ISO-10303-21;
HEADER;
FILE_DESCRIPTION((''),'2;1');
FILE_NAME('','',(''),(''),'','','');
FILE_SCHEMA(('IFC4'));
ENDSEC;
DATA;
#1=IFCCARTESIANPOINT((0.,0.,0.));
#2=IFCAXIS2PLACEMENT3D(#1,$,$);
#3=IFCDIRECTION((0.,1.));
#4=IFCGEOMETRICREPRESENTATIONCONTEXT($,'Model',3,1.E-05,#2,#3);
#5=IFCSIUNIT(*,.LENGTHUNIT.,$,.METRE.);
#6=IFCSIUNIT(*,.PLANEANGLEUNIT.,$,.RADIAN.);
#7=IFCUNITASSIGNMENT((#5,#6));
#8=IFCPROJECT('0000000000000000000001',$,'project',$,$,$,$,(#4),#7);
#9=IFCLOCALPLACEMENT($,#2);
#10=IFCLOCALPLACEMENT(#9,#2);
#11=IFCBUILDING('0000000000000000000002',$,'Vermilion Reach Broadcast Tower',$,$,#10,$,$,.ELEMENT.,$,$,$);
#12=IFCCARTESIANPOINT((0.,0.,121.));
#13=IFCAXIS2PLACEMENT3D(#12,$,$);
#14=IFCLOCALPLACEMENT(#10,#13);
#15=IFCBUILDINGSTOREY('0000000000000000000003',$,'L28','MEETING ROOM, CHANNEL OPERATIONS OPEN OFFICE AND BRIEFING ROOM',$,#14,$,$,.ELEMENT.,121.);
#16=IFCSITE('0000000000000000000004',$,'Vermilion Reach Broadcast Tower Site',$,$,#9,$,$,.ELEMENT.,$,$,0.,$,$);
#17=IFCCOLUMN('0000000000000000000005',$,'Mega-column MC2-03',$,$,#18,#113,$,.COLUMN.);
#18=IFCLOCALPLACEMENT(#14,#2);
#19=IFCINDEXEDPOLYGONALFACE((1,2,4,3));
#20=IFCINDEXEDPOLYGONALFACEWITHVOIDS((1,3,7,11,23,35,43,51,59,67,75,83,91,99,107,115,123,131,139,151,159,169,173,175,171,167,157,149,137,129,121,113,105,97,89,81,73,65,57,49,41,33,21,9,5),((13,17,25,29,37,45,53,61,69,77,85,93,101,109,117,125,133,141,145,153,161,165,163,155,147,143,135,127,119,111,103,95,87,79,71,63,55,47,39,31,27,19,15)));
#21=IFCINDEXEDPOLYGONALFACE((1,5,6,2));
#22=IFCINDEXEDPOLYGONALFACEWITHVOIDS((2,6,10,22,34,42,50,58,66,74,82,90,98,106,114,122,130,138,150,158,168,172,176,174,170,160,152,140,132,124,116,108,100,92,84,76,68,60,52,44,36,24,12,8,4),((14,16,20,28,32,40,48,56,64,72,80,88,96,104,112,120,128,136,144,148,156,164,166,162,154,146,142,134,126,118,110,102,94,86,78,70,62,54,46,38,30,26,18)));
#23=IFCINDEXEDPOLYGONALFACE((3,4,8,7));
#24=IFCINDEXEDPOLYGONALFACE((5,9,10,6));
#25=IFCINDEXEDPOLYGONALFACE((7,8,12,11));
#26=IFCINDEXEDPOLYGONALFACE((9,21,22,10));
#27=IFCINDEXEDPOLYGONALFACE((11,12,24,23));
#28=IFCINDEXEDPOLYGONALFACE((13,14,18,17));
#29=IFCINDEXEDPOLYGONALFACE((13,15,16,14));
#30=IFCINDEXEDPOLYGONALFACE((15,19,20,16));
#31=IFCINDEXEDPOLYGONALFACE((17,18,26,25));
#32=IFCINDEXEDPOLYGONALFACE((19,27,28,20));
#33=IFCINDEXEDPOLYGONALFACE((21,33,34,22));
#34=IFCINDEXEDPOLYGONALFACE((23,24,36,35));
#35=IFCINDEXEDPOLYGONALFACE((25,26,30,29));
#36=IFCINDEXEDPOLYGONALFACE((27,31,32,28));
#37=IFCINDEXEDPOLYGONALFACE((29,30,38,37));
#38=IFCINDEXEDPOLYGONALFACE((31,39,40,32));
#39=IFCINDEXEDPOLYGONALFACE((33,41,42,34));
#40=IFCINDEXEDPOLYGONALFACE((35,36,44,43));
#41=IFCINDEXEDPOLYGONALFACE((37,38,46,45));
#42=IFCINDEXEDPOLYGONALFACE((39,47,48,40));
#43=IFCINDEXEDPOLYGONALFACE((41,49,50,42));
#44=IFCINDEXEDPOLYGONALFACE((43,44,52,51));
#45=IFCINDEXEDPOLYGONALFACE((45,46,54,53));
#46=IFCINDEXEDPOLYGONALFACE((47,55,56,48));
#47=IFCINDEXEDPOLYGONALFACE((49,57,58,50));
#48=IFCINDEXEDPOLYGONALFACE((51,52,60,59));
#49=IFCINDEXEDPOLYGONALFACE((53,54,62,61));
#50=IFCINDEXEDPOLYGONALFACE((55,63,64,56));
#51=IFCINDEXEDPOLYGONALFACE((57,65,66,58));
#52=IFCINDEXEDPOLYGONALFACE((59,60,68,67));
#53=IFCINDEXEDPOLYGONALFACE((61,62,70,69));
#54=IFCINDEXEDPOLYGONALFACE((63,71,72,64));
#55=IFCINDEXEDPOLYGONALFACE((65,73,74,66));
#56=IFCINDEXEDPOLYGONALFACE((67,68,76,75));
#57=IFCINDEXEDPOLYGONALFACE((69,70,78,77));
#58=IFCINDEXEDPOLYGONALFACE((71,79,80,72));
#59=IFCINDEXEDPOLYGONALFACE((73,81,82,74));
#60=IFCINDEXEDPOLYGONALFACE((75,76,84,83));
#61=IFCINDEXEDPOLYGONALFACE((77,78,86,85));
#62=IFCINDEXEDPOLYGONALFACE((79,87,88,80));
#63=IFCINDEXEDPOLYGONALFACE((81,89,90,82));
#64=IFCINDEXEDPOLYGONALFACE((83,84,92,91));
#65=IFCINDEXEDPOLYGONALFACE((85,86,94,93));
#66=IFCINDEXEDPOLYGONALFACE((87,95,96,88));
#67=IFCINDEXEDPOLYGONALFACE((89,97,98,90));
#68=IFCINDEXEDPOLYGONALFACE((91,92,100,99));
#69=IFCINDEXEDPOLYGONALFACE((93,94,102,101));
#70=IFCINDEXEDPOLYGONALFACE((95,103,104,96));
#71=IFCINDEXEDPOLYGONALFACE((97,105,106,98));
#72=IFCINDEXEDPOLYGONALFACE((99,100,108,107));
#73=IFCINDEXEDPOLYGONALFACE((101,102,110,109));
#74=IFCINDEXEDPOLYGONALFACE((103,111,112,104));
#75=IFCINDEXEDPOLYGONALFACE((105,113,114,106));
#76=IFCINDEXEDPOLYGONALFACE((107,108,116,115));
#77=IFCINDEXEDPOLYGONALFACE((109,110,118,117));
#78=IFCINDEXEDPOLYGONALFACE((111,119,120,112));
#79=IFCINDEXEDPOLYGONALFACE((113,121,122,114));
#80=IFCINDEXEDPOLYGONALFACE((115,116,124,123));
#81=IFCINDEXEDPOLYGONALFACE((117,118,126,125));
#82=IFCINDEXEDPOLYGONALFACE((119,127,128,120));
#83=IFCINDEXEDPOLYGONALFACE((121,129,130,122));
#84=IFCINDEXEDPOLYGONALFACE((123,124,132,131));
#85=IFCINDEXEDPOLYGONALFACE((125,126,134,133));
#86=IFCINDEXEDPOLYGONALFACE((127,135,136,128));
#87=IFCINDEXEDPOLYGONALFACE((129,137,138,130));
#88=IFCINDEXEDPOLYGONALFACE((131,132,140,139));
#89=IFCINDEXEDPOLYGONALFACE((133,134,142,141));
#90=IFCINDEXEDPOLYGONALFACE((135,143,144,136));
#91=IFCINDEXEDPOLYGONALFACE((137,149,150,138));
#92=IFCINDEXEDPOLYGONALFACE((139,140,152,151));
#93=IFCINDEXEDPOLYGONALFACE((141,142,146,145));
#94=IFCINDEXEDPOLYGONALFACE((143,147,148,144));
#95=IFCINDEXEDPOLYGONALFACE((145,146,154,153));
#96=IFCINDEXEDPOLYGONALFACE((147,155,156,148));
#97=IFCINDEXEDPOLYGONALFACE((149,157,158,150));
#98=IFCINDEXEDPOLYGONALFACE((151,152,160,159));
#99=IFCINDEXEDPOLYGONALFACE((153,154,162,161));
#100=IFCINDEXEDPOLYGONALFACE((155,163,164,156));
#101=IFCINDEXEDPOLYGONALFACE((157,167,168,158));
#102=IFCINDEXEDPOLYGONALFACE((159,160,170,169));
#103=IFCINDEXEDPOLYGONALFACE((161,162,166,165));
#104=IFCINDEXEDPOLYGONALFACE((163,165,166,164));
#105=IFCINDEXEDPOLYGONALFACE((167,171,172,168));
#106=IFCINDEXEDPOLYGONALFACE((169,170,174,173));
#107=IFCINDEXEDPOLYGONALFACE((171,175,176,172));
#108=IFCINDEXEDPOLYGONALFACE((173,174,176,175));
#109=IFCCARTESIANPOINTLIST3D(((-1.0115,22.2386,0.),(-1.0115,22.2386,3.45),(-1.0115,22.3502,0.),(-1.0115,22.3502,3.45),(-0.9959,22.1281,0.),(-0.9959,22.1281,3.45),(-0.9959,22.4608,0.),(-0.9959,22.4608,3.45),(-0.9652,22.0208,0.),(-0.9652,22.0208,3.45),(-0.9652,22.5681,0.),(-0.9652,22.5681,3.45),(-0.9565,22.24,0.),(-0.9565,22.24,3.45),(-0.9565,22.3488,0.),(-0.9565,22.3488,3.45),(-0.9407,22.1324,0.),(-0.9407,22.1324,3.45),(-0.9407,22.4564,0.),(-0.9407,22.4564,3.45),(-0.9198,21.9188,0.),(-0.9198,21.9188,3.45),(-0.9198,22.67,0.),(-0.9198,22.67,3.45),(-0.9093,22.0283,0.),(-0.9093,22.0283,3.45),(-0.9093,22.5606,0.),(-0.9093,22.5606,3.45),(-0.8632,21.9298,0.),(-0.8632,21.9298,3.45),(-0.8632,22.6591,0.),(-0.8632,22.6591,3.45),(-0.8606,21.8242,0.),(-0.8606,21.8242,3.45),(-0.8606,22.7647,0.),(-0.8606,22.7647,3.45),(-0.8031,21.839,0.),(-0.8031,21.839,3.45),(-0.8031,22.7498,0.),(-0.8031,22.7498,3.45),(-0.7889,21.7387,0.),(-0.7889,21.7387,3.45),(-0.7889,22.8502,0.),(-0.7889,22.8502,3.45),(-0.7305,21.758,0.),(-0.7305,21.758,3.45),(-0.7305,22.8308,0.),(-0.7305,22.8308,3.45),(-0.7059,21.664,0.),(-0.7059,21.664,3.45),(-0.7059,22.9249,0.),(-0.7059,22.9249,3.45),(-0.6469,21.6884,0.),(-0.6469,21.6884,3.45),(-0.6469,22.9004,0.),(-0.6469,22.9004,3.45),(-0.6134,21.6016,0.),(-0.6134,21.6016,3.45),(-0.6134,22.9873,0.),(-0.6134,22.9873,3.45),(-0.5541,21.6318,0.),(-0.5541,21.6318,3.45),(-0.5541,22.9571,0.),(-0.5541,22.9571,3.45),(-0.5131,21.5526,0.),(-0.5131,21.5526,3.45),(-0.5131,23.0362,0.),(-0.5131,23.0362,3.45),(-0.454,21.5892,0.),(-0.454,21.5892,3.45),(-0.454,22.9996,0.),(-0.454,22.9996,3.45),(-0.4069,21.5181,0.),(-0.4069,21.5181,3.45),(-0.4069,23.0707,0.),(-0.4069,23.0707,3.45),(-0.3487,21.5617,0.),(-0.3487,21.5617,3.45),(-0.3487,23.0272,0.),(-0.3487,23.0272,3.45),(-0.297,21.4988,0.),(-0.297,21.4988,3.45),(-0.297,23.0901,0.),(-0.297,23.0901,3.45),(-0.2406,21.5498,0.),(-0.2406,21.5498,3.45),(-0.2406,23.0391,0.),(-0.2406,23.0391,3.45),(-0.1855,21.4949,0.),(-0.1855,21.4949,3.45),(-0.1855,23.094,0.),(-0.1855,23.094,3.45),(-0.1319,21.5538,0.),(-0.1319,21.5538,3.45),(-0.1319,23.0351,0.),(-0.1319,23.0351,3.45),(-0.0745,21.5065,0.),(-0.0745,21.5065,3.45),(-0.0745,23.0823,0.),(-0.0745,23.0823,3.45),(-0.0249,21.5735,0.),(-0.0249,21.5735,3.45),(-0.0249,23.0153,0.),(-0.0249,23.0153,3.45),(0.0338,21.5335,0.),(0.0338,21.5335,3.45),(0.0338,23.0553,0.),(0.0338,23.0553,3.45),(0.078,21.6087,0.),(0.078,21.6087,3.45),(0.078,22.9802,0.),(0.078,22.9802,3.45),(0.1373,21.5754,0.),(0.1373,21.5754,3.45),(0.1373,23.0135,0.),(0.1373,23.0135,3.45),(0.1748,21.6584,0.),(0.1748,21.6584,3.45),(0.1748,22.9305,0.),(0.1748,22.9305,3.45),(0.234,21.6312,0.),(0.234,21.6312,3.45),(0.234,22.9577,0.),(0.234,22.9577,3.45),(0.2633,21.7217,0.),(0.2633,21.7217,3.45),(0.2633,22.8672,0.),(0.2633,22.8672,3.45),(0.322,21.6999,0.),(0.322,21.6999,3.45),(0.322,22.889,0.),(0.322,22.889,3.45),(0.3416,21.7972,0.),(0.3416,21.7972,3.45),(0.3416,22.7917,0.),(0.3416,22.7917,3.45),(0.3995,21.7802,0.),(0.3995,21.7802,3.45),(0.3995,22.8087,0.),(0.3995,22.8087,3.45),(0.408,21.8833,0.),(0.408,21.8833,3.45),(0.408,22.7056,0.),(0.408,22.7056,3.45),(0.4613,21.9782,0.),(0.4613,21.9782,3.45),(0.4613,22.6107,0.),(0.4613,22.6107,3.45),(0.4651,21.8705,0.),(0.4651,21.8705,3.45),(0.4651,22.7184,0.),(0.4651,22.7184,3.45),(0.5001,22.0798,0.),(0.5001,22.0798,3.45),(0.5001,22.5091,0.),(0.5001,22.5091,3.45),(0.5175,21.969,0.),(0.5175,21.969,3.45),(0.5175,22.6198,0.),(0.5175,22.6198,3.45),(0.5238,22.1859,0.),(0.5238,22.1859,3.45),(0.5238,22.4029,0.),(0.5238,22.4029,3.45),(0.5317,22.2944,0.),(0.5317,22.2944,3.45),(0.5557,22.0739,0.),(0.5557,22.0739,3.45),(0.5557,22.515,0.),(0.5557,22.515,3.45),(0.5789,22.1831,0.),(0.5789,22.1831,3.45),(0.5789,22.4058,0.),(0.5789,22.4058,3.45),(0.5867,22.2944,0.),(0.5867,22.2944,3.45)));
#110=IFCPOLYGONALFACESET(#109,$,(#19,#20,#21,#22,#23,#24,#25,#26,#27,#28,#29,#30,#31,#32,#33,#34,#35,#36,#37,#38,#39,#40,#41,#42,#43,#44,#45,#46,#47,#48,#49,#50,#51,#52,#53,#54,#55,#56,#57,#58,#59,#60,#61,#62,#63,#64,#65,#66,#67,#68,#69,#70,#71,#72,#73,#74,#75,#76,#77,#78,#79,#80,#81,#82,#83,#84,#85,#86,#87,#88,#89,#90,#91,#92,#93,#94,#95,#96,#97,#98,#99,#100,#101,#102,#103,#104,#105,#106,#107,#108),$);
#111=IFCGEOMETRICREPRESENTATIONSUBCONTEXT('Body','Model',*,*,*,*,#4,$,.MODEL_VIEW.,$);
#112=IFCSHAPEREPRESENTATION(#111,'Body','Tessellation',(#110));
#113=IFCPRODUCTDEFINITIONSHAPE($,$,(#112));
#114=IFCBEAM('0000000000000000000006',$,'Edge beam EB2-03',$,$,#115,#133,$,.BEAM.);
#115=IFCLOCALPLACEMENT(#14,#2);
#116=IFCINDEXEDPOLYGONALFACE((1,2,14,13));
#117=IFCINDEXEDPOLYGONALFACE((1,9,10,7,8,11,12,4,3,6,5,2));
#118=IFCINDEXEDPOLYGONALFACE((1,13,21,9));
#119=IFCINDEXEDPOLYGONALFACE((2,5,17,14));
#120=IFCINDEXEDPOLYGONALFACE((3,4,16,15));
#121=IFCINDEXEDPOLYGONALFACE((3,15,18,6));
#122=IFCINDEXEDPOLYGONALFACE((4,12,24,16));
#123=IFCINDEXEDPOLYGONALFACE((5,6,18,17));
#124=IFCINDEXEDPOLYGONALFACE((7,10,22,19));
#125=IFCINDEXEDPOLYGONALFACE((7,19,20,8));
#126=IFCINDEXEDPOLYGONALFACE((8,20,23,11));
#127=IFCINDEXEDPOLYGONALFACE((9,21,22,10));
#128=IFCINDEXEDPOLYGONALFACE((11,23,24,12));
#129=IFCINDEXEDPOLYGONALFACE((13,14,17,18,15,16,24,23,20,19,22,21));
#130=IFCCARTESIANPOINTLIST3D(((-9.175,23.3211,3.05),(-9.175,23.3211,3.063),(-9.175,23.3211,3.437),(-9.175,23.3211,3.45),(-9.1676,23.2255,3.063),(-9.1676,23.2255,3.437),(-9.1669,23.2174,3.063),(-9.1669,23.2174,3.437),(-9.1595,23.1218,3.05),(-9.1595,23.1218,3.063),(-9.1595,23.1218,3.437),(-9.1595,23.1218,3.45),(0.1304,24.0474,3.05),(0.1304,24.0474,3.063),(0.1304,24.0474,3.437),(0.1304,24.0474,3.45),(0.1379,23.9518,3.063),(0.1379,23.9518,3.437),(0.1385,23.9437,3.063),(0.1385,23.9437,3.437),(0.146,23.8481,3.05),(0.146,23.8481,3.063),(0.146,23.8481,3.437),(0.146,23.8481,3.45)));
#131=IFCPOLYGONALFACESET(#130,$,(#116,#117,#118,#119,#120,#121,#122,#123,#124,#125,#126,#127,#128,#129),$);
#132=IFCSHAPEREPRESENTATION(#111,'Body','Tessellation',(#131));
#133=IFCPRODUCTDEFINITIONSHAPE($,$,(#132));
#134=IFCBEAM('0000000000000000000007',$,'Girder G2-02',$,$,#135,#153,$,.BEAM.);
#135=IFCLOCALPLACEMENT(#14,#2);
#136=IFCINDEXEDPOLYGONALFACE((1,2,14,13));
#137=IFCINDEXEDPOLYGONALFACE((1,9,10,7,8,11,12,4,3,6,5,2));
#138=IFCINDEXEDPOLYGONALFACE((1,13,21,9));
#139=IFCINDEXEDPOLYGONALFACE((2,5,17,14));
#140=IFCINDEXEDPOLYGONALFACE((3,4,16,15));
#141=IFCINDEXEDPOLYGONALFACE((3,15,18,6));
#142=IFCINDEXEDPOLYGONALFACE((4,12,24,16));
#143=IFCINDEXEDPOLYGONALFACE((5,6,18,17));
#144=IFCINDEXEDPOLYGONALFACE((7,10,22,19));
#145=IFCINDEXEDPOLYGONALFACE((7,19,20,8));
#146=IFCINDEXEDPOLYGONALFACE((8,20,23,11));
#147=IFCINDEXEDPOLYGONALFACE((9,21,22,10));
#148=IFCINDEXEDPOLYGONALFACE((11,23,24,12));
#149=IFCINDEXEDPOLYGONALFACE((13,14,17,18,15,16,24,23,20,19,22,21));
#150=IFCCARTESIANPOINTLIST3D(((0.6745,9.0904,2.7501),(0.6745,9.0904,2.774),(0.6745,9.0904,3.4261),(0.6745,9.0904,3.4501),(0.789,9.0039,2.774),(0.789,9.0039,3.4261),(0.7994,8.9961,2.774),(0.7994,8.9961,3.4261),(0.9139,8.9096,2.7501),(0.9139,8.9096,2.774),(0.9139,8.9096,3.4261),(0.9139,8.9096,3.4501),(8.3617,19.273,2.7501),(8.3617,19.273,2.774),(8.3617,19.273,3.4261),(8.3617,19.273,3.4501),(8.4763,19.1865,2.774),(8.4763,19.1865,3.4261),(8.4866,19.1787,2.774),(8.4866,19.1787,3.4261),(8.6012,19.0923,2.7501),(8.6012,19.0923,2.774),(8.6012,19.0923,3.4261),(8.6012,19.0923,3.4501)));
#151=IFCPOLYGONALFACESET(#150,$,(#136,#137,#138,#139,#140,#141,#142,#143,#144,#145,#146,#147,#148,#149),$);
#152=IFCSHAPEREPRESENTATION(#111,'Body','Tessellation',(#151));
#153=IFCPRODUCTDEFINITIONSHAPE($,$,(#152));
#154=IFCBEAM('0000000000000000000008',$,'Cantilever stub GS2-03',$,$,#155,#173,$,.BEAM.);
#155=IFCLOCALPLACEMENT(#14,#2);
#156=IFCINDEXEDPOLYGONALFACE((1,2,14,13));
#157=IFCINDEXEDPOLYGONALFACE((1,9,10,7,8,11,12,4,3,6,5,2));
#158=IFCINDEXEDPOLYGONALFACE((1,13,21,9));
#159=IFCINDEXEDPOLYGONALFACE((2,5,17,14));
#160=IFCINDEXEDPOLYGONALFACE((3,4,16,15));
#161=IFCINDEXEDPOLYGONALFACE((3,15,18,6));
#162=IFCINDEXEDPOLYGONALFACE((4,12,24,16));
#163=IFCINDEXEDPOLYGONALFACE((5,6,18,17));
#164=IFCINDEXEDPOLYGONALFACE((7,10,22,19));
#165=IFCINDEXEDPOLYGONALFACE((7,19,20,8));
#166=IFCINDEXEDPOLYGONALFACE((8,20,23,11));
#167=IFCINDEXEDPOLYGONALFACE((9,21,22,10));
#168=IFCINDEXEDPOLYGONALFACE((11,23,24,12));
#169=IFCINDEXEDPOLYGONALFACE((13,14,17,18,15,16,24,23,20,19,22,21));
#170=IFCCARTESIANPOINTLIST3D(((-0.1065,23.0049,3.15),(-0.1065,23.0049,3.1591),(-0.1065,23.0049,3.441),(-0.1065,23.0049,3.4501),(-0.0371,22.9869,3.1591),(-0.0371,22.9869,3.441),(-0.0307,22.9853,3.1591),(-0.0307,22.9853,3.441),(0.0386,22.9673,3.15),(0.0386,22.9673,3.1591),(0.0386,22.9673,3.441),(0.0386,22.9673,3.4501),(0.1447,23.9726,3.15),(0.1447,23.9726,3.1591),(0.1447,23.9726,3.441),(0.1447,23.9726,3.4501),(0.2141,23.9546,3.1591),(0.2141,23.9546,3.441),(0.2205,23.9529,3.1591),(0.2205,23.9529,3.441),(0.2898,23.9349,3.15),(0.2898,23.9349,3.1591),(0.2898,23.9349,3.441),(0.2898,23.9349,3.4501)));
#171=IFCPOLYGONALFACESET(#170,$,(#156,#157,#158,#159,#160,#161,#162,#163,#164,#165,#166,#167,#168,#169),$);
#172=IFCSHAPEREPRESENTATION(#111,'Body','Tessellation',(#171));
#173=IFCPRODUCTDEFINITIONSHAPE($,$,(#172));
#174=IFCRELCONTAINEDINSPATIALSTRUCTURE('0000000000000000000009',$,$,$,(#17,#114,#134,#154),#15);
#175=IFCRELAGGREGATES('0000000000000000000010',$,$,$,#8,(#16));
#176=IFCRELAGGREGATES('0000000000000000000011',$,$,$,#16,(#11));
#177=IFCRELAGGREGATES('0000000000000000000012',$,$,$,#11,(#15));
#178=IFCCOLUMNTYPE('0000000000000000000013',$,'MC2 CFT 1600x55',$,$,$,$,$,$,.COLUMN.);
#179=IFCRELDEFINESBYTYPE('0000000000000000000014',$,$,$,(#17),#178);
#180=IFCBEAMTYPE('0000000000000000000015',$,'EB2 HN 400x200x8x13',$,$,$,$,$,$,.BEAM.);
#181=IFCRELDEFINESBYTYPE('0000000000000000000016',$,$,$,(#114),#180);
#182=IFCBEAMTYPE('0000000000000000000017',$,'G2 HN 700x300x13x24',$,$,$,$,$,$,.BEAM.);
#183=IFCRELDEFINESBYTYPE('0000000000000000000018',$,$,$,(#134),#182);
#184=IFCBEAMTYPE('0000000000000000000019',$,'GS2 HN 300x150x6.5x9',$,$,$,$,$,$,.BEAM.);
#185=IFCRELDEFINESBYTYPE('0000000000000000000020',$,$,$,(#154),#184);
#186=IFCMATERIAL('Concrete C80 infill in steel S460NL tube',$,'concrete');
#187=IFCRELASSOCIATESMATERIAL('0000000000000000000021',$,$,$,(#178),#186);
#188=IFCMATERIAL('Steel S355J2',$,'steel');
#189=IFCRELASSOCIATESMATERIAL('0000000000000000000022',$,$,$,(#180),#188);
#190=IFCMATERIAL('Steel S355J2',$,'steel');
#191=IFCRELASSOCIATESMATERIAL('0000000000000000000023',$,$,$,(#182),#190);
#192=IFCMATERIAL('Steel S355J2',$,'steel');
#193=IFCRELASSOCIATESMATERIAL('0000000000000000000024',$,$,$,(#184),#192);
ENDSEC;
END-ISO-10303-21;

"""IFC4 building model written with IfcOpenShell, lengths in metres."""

from ifc_helpers import new_model, si_unit, direction, frame, origin, origin_2d, place, context, subcontext, project, spatial, hollow_circle, i_section, extrude, material, material_profile, profile_set, type_object, element, save


model = new_model("IFC4")

# Units and contexts
model_context = context("Model", 3, precision=1e-05, world=origin(), true_north=direction((0.0, 1.0)))
body_context = subcontext(model_context, "Body", "Model", "MODEL_VIEW")
ifc_project = project(units=[si_unit("LENGTHUNIT", "METRE"), si_unit("PLANEANGLEUNIT", "RADIAN")], contexts=[model_context])

# Site, building, storey
site_placement = place(None, origin())
site = spatial("IfcSite", under=ifc_project, at=site_placement, Name="Vermilion Reach Broadcast Tower Site", CompositionType="ELEMENT", RefElevation=0.0)
building_placement = place(site_placement, origin())
building = spatial("IfcBuilding", under=site, at=building_placement, Name="Vermilion Reach Broadcast Tower", CompositionType="ELEMENT")
storey_placement = place(building_placement, frame((0.0, 0.0, 121.0)))
storey = spatial("IfcBuildingStorey", under=building, at=storey_placement, Name="L28", Description="MEETING ROOM, CHANNEL OPERATIONS OPEN OFFICE AND BRIEFING ROOM", CompositionType="ELEMENT", Elevation=121.0)

# Column
ifc_material_1 = material(Name="Concrete C80 infill in steel S460NL tube", Category="concrete")
ifc_material_profile_1 = material_profile(ifc_material_1, hollow_circle(Radius=0.8, WallThickness=0.0549, at=origin_2d()), Name="Concrete C80 infill in steel S460NL tube CFT 1600x55")
ifc_profile_set_1 = profile_set([ifc_material_profile_1], Name="Concrete C80 infill in steel S460NL tube")
column_type = type_object("IfcColumnType", Name="MC2 CFT 1600x55", PredefinedType="COLUMN", material=ifc_profile_set_1)
column_placement = place(storey_placement, frame((-0.2134, 22.2944, 0.0), z_axis=(0.0, 0.0, 1.0), x_axis=(1.0, 0.0, 0.0)))
element("IfcColumn", 1, at=column_placement, inside=storey, type_object=column_type, Name="Mega-column MC2-03", PredefinedType="COLUMN", context=body_context, shape_type="SweptSolid", body=[
    extrude(hollow_circle(Radius=0.8, WallThickness=0.0549, at=origin_2d()), origin(), (0.0, 0.0, 1.0), 3.45),
])

# Beams
ifc_material_2 = material(Name="Steel S355J2", Category="steel")
ifc_material_profile_2 = material_profile(ifc_material_2, i_section(OverallWidth=0.2, OverallDepth=0.3999, WebThickness=0.0081, FlangeThickness=0.0129, at=origin_2d()), Name="S355J2 HN 400x200x8x13")
ifc_profile_set_2 = profile_set([ifc_material_profile_2], Name="Steel S355J2")
beam_type_1 = type_object("IfcBeamType", Name="EB2 HN 400x200x8x13", PredefinedType="BEAM", material=ifc_profile_set_2)
beam_1_placement = place(storey_placement, frame((0.1382, 23.9478, 3.25), z_axis=(-0.996968, -0.077817, 0.0), x_axis=(0.077817, -0.996968, 0.0)))
element("IfcBeam", 2, at=beam_1_placement, inside=storey, type_object=beam_type_1, Name="Edge beam EB2-03", PredefinedType="BEAM", context=body_context, shape_type="SweptSolid", body=[
    extrude(i_section(OverallWidth=0.2, OverallDepth=0.3999, WebThickness=0.0081, FlangeThickness=0.0129, at=origin_2d()), origin(), (0.0, 0.0, 1.0), 9.3337),
])
ifc_material_3 = material(Name="Steel S355J2", Category="steel")
ifc_material_profile_3 = material_profile(ifc_material_3, i_section(OverallWidth=0.3, OverallDepth=0.7, WebThickness=0.0129, FlangeThickness=0.0239, at=origin_2d()), Name="S355J2 HN 700x300x13x24")
ifc_profile_set_3 = profile_set([ifc_material_profile_3], Name="Steel S355J2")
beam_type_2 = type_object("IfcBeamType", Name="G2 HN 700x300x13x24", PredefinedType="BEAM", material=ifc_profile_set_3)
beam_2_placement = place(storey_placement, frame((0.7942, 9.0, 3.1001), z_axis=(0.60252, 0.798104, 0.0), x_axis=(-0.798104, 0.60252, 0.0)))
element("IfcBeam", 3, at=beam_2_placement, inside=storey, type_object=beam_type_2, Name="Girder G2-02", PredefinedType="BEAM", context=body_context, shape_type="SweptSolid", body=[
    extrude(i_section(OverallWidth=0.3, OverallDepth=0.7, WebThickness=0.0129, FlangeThickness=0.0239, at=origin_2d()), origin(), (0.0, 0.0, 1.0), 12.7585),
])
ifc_material_4 = material(Name="Steel S355J2", Category="steel")
ifc_material_profile_4 = material_profile(ifc_material_4, i_section(OverallWidth=0.1499, OverallDepth=0.3, WebThickness=0.0066, FlangeThickness=0.009, at=origin_2d()), Name="S355J2 HN 300x150x6.5x9")
ifc_profile_set_4 = profile_set([ifc_material_profile_4], Name="Steel S355J2")
beam_type_3 = type_object("IfcBeamType", Name="GS2 HN 300x150x6.5x9", PredefinedType="BEAM", material=ifc_profile_set_4)
beam_3_placement = place(storey_placement, frame((-0.0339, 22.9861, 3.3), z_axis=(0.251259, 0.96792, 0.0), x_axis=(-0.96792, 0.251259, 0.0)))
element("IfcBeam", 4, at=beam_3_placement, inside=storey, type_object=beam_type_3, Name="Cantilever stub GS2-03", PredefinedType="BEAM", context=body_context, shape_type="SweptSolid", body=[
    extrude(i_section(OverallWidth=0.1499, OverallDepth=0.3, WebThickness=0.0066, FlangeThickness=0.009, at=origin_2d()), origin(), (0.0, 0.0, 1.0), 0.9998),
])

save(model, "model.ifc")
